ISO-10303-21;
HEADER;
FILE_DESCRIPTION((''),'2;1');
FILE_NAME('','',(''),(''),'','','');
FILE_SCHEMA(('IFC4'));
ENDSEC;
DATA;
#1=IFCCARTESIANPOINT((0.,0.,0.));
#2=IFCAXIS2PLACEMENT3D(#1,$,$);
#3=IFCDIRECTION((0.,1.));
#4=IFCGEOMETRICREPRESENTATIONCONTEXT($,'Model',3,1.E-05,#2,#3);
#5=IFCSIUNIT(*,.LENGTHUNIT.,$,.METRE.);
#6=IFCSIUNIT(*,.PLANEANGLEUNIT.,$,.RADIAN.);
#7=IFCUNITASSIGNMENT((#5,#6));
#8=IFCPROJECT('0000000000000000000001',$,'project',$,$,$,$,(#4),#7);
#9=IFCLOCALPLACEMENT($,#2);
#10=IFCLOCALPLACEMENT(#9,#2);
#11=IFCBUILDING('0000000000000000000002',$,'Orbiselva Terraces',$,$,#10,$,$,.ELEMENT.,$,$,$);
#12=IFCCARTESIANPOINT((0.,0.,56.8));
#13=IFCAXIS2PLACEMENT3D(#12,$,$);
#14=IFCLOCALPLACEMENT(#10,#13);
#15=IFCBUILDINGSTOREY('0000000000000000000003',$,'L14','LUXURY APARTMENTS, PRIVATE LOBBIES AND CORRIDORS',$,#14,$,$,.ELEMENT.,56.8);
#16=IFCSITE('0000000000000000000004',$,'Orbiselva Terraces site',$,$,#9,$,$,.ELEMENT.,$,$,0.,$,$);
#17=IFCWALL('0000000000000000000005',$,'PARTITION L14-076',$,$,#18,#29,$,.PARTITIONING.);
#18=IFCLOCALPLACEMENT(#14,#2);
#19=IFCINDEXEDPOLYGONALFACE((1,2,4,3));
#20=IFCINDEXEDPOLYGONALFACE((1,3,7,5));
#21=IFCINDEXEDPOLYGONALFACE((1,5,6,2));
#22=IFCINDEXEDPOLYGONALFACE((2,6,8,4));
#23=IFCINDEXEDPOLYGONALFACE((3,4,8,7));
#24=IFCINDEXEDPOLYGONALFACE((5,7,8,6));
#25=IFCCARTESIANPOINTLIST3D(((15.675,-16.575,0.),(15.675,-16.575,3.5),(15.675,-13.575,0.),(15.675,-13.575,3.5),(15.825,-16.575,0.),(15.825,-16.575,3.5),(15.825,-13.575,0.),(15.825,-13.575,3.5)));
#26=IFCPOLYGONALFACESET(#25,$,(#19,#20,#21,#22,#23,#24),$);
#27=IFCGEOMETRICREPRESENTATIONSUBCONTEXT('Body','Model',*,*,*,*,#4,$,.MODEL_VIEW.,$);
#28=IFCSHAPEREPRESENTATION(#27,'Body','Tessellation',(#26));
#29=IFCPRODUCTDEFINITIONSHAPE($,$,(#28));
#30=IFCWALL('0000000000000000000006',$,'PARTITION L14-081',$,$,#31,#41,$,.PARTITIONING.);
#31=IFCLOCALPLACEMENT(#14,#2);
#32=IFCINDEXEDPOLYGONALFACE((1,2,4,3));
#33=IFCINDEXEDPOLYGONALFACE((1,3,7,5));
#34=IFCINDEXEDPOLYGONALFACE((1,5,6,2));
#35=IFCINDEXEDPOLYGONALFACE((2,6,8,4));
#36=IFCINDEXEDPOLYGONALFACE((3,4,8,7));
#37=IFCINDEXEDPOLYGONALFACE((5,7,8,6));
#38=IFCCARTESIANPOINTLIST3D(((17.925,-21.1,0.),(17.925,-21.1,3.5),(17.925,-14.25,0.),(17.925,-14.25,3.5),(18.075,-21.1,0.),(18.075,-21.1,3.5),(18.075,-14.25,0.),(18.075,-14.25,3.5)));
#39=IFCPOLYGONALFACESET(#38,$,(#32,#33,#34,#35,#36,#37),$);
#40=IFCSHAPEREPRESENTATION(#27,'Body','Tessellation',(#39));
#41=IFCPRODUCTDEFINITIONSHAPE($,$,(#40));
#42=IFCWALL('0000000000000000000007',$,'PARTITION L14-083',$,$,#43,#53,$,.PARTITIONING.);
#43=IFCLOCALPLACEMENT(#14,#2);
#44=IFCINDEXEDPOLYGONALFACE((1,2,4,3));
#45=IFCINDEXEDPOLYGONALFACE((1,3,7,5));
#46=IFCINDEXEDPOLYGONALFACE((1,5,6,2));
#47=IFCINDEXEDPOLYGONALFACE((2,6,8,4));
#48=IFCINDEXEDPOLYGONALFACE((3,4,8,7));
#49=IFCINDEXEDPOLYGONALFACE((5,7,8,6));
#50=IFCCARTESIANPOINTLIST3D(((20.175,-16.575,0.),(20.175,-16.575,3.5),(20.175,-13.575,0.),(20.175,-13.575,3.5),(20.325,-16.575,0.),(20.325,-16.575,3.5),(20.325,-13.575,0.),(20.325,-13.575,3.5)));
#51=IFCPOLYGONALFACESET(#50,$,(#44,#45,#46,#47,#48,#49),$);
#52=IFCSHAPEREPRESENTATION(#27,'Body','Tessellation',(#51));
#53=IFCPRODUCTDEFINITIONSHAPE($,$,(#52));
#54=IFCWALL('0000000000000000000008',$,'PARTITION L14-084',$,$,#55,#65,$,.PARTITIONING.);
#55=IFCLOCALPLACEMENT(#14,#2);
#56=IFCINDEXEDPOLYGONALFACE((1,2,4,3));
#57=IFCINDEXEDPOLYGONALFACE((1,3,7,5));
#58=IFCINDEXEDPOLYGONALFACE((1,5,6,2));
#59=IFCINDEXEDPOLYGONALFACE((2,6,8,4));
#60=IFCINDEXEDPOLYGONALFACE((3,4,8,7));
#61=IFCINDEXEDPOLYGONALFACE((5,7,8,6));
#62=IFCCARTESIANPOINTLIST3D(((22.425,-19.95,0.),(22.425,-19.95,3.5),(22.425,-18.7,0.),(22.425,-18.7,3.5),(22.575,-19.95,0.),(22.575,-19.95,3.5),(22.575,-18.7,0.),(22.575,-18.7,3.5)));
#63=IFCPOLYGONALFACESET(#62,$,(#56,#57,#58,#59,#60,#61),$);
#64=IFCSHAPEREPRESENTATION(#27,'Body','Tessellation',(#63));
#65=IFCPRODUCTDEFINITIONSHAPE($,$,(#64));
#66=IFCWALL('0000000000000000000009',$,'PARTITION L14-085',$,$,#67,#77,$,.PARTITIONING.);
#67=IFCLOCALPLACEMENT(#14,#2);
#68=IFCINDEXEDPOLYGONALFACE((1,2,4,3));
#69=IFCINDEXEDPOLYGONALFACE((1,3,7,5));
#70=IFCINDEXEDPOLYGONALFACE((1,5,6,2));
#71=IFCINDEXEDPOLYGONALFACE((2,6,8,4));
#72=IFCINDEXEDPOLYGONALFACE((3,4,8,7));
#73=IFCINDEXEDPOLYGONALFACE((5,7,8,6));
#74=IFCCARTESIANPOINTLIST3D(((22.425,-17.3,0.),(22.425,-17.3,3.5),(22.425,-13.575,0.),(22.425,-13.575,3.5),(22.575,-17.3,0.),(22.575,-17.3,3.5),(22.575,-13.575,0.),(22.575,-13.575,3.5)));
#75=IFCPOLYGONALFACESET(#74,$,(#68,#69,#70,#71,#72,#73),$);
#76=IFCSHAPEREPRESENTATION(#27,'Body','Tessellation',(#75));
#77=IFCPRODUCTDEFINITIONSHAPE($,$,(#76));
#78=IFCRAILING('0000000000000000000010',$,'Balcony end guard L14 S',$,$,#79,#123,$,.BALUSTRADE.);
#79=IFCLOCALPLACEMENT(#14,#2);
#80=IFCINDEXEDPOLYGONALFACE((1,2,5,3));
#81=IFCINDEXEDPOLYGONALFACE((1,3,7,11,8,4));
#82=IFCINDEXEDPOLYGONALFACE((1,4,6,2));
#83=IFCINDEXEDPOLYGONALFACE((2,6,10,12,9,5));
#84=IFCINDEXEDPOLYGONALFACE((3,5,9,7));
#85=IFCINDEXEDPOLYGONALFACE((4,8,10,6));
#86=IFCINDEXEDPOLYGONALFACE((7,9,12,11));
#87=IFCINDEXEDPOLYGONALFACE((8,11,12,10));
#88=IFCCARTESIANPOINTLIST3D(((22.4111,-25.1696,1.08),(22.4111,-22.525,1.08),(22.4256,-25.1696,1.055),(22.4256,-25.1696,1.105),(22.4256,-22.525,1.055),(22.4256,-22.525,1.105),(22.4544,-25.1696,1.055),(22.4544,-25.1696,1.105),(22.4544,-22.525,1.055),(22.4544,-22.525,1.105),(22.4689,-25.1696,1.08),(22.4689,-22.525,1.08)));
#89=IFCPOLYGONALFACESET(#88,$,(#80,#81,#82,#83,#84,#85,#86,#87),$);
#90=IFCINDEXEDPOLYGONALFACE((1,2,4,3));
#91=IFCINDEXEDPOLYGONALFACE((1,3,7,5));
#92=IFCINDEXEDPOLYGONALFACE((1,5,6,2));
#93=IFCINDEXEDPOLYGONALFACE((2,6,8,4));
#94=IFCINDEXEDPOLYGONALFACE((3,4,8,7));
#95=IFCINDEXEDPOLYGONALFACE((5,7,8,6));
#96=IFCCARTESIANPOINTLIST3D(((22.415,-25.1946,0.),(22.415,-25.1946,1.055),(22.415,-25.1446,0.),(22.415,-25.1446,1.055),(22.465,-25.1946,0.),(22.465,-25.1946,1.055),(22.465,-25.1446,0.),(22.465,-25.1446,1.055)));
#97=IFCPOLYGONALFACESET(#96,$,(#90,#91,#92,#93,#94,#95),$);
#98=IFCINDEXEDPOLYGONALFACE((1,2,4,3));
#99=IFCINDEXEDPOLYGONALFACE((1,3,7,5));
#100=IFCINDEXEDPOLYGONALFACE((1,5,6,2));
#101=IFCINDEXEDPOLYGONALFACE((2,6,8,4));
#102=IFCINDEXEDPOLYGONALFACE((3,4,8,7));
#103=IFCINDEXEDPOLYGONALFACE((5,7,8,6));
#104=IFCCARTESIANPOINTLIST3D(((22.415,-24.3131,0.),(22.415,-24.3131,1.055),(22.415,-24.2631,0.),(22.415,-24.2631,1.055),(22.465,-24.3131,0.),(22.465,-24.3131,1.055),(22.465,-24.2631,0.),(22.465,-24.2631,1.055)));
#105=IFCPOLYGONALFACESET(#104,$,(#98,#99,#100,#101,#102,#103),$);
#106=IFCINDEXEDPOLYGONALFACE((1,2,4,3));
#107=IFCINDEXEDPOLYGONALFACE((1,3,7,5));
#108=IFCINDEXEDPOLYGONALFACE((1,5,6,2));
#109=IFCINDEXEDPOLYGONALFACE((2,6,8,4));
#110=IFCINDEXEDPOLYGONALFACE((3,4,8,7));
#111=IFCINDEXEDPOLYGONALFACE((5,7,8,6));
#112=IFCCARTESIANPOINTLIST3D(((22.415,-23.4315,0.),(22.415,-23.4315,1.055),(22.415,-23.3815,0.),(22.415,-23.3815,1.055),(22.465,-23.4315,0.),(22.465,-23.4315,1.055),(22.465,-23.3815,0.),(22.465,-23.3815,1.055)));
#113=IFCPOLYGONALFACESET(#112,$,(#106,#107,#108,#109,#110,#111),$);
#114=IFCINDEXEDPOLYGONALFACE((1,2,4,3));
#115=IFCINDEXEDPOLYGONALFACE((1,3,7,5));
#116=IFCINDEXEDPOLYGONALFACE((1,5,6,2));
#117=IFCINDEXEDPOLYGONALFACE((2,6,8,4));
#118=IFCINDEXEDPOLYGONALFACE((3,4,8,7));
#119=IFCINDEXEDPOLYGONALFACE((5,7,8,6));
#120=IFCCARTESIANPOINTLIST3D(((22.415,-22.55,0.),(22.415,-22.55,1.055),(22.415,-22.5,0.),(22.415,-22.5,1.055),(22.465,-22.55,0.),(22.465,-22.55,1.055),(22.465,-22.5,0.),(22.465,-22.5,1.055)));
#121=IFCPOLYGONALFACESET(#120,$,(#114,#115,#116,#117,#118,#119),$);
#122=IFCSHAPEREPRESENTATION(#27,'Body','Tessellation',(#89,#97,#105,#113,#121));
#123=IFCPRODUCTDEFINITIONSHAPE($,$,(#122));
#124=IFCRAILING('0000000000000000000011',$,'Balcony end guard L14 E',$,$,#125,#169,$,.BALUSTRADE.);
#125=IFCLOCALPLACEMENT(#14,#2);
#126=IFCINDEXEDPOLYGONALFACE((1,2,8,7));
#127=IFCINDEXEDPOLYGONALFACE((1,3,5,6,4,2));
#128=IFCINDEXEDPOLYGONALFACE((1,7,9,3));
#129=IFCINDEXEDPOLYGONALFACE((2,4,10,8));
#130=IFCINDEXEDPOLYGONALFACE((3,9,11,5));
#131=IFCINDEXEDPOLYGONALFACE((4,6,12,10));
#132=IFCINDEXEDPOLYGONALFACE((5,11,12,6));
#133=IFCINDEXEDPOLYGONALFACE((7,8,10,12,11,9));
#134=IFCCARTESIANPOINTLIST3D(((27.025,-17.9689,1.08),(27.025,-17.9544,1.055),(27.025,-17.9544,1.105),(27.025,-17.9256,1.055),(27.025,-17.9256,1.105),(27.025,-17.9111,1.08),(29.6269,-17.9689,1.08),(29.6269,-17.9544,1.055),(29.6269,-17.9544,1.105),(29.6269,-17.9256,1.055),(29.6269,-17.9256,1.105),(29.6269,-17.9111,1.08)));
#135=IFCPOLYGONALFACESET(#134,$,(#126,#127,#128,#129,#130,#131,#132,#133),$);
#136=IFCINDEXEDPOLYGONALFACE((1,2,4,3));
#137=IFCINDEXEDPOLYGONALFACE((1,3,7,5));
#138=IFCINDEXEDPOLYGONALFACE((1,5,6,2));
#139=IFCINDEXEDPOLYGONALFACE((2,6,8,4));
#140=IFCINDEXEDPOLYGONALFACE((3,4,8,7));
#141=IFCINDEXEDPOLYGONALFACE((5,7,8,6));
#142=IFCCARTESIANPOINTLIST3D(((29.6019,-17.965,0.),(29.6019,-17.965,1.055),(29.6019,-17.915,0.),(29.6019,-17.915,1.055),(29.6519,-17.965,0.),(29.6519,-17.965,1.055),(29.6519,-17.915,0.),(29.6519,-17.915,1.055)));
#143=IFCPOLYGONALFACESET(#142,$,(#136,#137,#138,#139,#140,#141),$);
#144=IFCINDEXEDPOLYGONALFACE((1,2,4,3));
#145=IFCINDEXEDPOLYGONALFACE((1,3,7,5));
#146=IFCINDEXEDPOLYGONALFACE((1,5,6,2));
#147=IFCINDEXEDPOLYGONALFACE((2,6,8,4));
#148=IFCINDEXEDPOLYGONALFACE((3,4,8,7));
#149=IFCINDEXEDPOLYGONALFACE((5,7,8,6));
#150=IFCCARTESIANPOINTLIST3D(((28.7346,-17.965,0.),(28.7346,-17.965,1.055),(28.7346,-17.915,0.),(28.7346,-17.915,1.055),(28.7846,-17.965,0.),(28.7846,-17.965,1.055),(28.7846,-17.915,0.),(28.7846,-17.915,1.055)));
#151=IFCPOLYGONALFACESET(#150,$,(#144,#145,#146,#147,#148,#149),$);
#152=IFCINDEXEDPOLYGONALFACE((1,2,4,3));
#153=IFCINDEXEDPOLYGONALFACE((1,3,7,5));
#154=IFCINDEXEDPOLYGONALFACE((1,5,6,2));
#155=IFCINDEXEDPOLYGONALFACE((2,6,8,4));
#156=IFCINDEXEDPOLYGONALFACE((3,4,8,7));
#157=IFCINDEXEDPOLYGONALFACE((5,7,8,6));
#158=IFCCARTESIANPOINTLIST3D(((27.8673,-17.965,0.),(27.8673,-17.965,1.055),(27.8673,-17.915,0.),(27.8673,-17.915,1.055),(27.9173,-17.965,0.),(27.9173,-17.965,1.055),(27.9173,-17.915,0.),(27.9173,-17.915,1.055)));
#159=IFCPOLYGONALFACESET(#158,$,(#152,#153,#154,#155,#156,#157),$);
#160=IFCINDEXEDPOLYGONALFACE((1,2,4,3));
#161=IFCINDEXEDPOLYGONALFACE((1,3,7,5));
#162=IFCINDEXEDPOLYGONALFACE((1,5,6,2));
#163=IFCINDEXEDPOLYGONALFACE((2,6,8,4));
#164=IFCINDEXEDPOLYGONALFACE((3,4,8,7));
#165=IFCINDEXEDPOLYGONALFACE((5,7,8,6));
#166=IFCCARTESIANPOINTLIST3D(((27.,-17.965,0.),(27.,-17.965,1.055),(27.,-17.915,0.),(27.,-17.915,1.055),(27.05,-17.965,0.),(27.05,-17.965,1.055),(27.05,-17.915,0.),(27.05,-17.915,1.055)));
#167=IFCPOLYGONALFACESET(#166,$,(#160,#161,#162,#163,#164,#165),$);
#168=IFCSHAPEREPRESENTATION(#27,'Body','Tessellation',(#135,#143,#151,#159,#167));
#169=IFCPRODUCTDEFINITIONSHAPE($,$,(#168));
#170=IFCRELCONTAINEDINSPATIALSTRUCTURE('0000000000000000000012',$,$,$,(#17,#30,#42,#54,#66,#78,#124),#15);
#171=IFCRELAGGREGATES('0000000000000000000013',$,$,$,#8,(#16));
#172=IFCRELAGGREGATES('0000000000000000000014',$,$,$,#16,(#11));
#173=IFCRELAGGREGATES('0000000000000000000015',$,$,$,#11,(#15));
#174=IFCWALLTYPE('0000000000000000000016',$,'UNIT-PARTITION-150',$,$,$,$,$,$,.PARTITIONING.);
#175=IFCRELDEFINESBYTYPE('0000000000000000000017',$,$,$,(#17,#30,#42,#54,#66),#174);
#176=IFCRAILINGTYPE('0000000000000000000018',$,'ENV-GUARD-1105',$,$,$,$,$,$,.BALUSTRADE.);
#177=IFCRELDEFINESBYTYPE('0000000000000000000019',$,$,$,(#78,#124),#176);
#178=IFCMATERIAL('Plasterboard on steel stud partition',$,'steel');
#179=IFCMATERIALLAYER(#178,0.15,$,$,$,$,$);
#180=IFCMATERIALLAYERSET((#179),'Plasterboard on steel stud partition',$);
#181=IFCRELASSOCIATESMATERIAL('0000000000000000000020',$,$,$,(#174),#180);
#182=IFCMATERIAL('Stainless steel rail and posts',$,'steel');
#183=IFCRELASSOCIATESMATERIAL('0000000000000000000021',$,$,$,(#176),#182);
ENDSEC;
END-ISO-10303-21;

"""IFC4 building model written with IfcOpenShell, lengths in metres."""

from ifc_helpers import new_model, si_unit, direction, frame, frame_2d, origin, origin_2d, place, context, subcontext, project, spatial, polyline, rectangle, outline, extrude, material, layer, layer_set, type_object, element, save


model = new_model("IFC4")

# Units and contexts
model_context = context("Model", 3, precision=1e-05, world=origin(), true_north=direction((0.0, 1.0)))
body_context = subcontext(model_context, "Body", "Model", "MODEL_VIEW")
ifc_project = project(units=[si_unit("LENGTHUNIT", "METRE"), si_unit("PLANEANGLEUNIT", "RADIAN")], contexts=[model_context])

# Site, building, storey
site_placement = place(None, origin())
site = spatial("IfcSite", under=ifc_project, at=site_placement, Name="Orbiselva Terraces site", CompositionType="ELEMENT", RefElevation=0.0)
building_placement = place(site_placement, origin())
building = spatial("IfcBuilding", under=site, at=building_placement, Name="Orbiselva Terraces", CompositionType="ELEMENT")
storey_placement = place(building_placement, frame((0.0, 0.0, 56.8)))
storey = spatial("IfcBuildingStorey", under=building, at=storey_placement, Name="L14", Description="LUXURY APARTMENTS, PRIVATE LOBBIES AND CORRIDORS", CompositionType="ELEMENT", Elevation=56.8)

# Walls
ifc_material_1 = material(Name="Plasterboard on steel stud partition", Category="steel")
ifc_layer_1 = layer(ifc_material_1, 0.15)
ifc_layer_set_1 = layer_set([ifc_layer_1], Name="Plasterboard on steel stud partition")
wall_type_1 = type_object("IfcWallType", Name="UNIT-PARTITION-150", PredefinedType="PARTITIONING", material=ifc_layer_set_1)
wall_1_placement = place(storey_placement, frame((15.75, -16.575, 0.0), z_axis=(0.0, 0.0, 1.0), x_axis=(0.0, 1.0, 0.0)))
element("IfcWall", 1, at=wall_1_placement, inside=storey, type_object=wall_type_1, Name="PARTITION L14-076", PredefinedType="PARTITIONING", context=body_context, shape_type="SweptSolid", body=[
    extrude(rectangle(XDim=3.0, YDim=0.15, at=frame_2d((1.5, 0.0))), origin(), (0.0, 0.0, 1.0), 3.5),
])
wall_2_placement = place(storey_placement, frame((18.0, -21.1, 0.0), z_axis=(0.0, 0.0, 1.0), x_axis=(0.0, 1.0, 0.0)))
element("IfcWall", 2, at=wall_2_placement, inside=storey, type_object=wall_type_1, Name="PARTITION L14-081", PredefinedType="PARTITIONING", context=body_context, shape_type="SweptSolid", body=[
    extrude(rectangle(XDim=6.85, YDim=0.15, at=frame_2d((3.425, 0.0))), origin(), (0.0, 0.0, 1.0), 3.5),
])
wall_3_placement = place(storey_placement, frame((20.25, -16.575, 0.0), z_axis=(0.0, 0.0, 1.0), x_axis=(0.0, 1.0, 0.0)))
element("IfcWall", 3, at=wall_3_placement, inside=storey, type_object=wall_type_1, Name="PARTITION L14-083", PredefinedType="PARTITIONING", context=body_context, shape_type="SweptSolid", body=[
    extrude(rectangle(XDim=3.0, YDim=0.15, at=frame_2d((1.5, 0.0))), origin(), (0.0, 0.0, 1.0), 3.5),
])
wall_4_placement = place(storey_placement, frame((22.5, -19.95, 0.0), z_axis=(0.0, 0.0, 1.0), x_axis=(0.0, 1.0, 0.0)))
element("IfcWall", 4, at=wall_4_placement, inside=storey, type_object=wall_type_1, Name="PARTITION L14-084", PredefinedType="PARTITIONING", context=body_context, shape_type="SweptSolid", body=[
    extrude(rectangle(XDim=1.25, YDim=0.15, at=frame_2d((0.625, 0.0))), origin(), (0.0, 0.0, 1.0), 3.5),
])
wall_5_placement = place(storey_placement, frame((22.5, -17.3, 0.0), z_axis=(0.0, 0.0, 1.0), x_axis=(0.0, 1.0, 0.0)))
element("IfcWall", 5, at=wall_5_placement, inside=storey, type_object=wall_type_1, Name="PARTITION L14-085", PredefinedType="PARTITIONING", context=body_context, shape_type="SweptSolid", body=[
    extrude(rectangle(XDim=3.725, YDim=0.15, at=frame_2d((1.8625, 0.0))), origin(), (0.0, 0.0, 1.0), 3.5),
])

# Railings
ifc_material_2 = material(Name="Stainless steel rail and posts", Category="steel")
railing_type_1 = type_object("IfcRailingType", Name="ENV-GUARD-1105", PredefinedType="BALUSTRADE", material=ifc_material_2)
railing_1_placement = place(storey_placement, frame((22.44, -25.1696, 0.0)))
element("IfcRailing", 6, at=railing_1_placement, inside=storey, type_object=railing_type_1, Name="Balcony end guard L14 S", PredefinedType="BALUSTRADE", context=body_context, shape_type="SweptSolid", body=[
    extrude(outline(polyline([(0.0289, 0.0), (0.0144, 0.025), (-0.0144, 0.025), (-0.0289, 0.0), (-0.0144, -0.025), (0.0144, -0.025), (0.0289, 0.0)])), frame((0.0, 0.0, 1.08), z_axis=(0.0, 1.0, 0.0), x_axis=(-1.0, 0.0, 0.0)), (0.0, 0.0, 1.0), 2.6446),
    extrude(rectangle(XDim=0.05, YDim=0.05, at=origin_2d()), origin(), (0.0, 0.0, 1.0), 1.055),
    extrude(rectangle(XDim=0.05, YDim=0.05, at=origin_2d()), frame((0.0, 0.8815, 0.0)), (0.0, 0.0, 1.0), 1.055),
    extrude(rectangle(XDim=0.05, YDim=0.05, at=origin_2d()), frame((0.0, 1.7631, 0.0)), (0.0, 0.0, 1.0), 1.055),
    extrude(rectangle(XDim=0.05, YDim=0.05, at=origin_2d()), frame((0.0, 2.6446, 0.0)), (0.0, 0.0, 1.0), 1.055),
])
railing_2_placement = place(storey_placement, frame((29.6269, -17.94, 0.0)))
element("IfcRailing", 7, at=railing_2_placement, inside=storey, type_object=railing_type_1, Name="Balcony end guard L14 E", PredefinedType="BALUSTRADE", context=body_context, shape_type="SweptSolid", body=[
    extrude(outline(polyline([(0.0289, 0.0), (0.0144, 0.025), (-0.0144, 0.025), (-0.0289, 0.0), (-0.0144, -0.025), (0.0144, -0.025), (0.0289, 0.0)])), frame((0.0, 0.0, 1.08), z_axis=(-1.0, 0.0, 0.0), x_axis=(0.0, -1.0, 0.0)), (0.0, 0.0, 1.0), 2.6019),
    extrude(rectangle(XDim=0.05, YDim=0.05, at=origin_2d()), origin(), (0.0, 0.0, 1.0), 1.055),
    extrude(rectangle(XDim=0.05, YDim=0.05, at=origin_2d()), frame((-0.8673, 0.0, 0.0)), (0.0, 0.0, 1.0), 1.055),
    extrude(rectangle(XDim=0.05, YDim=0.05, at=origin_2d()), frame((-1.7346, 0.0, 0.0)), (0.0, 0.0, 1.0), 1.055),
    extrude(rectangle(XDim=0.05, YDim=0.05, at=origin_2d()), frame((-2.6019, 0.0, 0.0)), (0.0, 0.0, 1.0), 1.055),
])

save(model, "model.ifc")
